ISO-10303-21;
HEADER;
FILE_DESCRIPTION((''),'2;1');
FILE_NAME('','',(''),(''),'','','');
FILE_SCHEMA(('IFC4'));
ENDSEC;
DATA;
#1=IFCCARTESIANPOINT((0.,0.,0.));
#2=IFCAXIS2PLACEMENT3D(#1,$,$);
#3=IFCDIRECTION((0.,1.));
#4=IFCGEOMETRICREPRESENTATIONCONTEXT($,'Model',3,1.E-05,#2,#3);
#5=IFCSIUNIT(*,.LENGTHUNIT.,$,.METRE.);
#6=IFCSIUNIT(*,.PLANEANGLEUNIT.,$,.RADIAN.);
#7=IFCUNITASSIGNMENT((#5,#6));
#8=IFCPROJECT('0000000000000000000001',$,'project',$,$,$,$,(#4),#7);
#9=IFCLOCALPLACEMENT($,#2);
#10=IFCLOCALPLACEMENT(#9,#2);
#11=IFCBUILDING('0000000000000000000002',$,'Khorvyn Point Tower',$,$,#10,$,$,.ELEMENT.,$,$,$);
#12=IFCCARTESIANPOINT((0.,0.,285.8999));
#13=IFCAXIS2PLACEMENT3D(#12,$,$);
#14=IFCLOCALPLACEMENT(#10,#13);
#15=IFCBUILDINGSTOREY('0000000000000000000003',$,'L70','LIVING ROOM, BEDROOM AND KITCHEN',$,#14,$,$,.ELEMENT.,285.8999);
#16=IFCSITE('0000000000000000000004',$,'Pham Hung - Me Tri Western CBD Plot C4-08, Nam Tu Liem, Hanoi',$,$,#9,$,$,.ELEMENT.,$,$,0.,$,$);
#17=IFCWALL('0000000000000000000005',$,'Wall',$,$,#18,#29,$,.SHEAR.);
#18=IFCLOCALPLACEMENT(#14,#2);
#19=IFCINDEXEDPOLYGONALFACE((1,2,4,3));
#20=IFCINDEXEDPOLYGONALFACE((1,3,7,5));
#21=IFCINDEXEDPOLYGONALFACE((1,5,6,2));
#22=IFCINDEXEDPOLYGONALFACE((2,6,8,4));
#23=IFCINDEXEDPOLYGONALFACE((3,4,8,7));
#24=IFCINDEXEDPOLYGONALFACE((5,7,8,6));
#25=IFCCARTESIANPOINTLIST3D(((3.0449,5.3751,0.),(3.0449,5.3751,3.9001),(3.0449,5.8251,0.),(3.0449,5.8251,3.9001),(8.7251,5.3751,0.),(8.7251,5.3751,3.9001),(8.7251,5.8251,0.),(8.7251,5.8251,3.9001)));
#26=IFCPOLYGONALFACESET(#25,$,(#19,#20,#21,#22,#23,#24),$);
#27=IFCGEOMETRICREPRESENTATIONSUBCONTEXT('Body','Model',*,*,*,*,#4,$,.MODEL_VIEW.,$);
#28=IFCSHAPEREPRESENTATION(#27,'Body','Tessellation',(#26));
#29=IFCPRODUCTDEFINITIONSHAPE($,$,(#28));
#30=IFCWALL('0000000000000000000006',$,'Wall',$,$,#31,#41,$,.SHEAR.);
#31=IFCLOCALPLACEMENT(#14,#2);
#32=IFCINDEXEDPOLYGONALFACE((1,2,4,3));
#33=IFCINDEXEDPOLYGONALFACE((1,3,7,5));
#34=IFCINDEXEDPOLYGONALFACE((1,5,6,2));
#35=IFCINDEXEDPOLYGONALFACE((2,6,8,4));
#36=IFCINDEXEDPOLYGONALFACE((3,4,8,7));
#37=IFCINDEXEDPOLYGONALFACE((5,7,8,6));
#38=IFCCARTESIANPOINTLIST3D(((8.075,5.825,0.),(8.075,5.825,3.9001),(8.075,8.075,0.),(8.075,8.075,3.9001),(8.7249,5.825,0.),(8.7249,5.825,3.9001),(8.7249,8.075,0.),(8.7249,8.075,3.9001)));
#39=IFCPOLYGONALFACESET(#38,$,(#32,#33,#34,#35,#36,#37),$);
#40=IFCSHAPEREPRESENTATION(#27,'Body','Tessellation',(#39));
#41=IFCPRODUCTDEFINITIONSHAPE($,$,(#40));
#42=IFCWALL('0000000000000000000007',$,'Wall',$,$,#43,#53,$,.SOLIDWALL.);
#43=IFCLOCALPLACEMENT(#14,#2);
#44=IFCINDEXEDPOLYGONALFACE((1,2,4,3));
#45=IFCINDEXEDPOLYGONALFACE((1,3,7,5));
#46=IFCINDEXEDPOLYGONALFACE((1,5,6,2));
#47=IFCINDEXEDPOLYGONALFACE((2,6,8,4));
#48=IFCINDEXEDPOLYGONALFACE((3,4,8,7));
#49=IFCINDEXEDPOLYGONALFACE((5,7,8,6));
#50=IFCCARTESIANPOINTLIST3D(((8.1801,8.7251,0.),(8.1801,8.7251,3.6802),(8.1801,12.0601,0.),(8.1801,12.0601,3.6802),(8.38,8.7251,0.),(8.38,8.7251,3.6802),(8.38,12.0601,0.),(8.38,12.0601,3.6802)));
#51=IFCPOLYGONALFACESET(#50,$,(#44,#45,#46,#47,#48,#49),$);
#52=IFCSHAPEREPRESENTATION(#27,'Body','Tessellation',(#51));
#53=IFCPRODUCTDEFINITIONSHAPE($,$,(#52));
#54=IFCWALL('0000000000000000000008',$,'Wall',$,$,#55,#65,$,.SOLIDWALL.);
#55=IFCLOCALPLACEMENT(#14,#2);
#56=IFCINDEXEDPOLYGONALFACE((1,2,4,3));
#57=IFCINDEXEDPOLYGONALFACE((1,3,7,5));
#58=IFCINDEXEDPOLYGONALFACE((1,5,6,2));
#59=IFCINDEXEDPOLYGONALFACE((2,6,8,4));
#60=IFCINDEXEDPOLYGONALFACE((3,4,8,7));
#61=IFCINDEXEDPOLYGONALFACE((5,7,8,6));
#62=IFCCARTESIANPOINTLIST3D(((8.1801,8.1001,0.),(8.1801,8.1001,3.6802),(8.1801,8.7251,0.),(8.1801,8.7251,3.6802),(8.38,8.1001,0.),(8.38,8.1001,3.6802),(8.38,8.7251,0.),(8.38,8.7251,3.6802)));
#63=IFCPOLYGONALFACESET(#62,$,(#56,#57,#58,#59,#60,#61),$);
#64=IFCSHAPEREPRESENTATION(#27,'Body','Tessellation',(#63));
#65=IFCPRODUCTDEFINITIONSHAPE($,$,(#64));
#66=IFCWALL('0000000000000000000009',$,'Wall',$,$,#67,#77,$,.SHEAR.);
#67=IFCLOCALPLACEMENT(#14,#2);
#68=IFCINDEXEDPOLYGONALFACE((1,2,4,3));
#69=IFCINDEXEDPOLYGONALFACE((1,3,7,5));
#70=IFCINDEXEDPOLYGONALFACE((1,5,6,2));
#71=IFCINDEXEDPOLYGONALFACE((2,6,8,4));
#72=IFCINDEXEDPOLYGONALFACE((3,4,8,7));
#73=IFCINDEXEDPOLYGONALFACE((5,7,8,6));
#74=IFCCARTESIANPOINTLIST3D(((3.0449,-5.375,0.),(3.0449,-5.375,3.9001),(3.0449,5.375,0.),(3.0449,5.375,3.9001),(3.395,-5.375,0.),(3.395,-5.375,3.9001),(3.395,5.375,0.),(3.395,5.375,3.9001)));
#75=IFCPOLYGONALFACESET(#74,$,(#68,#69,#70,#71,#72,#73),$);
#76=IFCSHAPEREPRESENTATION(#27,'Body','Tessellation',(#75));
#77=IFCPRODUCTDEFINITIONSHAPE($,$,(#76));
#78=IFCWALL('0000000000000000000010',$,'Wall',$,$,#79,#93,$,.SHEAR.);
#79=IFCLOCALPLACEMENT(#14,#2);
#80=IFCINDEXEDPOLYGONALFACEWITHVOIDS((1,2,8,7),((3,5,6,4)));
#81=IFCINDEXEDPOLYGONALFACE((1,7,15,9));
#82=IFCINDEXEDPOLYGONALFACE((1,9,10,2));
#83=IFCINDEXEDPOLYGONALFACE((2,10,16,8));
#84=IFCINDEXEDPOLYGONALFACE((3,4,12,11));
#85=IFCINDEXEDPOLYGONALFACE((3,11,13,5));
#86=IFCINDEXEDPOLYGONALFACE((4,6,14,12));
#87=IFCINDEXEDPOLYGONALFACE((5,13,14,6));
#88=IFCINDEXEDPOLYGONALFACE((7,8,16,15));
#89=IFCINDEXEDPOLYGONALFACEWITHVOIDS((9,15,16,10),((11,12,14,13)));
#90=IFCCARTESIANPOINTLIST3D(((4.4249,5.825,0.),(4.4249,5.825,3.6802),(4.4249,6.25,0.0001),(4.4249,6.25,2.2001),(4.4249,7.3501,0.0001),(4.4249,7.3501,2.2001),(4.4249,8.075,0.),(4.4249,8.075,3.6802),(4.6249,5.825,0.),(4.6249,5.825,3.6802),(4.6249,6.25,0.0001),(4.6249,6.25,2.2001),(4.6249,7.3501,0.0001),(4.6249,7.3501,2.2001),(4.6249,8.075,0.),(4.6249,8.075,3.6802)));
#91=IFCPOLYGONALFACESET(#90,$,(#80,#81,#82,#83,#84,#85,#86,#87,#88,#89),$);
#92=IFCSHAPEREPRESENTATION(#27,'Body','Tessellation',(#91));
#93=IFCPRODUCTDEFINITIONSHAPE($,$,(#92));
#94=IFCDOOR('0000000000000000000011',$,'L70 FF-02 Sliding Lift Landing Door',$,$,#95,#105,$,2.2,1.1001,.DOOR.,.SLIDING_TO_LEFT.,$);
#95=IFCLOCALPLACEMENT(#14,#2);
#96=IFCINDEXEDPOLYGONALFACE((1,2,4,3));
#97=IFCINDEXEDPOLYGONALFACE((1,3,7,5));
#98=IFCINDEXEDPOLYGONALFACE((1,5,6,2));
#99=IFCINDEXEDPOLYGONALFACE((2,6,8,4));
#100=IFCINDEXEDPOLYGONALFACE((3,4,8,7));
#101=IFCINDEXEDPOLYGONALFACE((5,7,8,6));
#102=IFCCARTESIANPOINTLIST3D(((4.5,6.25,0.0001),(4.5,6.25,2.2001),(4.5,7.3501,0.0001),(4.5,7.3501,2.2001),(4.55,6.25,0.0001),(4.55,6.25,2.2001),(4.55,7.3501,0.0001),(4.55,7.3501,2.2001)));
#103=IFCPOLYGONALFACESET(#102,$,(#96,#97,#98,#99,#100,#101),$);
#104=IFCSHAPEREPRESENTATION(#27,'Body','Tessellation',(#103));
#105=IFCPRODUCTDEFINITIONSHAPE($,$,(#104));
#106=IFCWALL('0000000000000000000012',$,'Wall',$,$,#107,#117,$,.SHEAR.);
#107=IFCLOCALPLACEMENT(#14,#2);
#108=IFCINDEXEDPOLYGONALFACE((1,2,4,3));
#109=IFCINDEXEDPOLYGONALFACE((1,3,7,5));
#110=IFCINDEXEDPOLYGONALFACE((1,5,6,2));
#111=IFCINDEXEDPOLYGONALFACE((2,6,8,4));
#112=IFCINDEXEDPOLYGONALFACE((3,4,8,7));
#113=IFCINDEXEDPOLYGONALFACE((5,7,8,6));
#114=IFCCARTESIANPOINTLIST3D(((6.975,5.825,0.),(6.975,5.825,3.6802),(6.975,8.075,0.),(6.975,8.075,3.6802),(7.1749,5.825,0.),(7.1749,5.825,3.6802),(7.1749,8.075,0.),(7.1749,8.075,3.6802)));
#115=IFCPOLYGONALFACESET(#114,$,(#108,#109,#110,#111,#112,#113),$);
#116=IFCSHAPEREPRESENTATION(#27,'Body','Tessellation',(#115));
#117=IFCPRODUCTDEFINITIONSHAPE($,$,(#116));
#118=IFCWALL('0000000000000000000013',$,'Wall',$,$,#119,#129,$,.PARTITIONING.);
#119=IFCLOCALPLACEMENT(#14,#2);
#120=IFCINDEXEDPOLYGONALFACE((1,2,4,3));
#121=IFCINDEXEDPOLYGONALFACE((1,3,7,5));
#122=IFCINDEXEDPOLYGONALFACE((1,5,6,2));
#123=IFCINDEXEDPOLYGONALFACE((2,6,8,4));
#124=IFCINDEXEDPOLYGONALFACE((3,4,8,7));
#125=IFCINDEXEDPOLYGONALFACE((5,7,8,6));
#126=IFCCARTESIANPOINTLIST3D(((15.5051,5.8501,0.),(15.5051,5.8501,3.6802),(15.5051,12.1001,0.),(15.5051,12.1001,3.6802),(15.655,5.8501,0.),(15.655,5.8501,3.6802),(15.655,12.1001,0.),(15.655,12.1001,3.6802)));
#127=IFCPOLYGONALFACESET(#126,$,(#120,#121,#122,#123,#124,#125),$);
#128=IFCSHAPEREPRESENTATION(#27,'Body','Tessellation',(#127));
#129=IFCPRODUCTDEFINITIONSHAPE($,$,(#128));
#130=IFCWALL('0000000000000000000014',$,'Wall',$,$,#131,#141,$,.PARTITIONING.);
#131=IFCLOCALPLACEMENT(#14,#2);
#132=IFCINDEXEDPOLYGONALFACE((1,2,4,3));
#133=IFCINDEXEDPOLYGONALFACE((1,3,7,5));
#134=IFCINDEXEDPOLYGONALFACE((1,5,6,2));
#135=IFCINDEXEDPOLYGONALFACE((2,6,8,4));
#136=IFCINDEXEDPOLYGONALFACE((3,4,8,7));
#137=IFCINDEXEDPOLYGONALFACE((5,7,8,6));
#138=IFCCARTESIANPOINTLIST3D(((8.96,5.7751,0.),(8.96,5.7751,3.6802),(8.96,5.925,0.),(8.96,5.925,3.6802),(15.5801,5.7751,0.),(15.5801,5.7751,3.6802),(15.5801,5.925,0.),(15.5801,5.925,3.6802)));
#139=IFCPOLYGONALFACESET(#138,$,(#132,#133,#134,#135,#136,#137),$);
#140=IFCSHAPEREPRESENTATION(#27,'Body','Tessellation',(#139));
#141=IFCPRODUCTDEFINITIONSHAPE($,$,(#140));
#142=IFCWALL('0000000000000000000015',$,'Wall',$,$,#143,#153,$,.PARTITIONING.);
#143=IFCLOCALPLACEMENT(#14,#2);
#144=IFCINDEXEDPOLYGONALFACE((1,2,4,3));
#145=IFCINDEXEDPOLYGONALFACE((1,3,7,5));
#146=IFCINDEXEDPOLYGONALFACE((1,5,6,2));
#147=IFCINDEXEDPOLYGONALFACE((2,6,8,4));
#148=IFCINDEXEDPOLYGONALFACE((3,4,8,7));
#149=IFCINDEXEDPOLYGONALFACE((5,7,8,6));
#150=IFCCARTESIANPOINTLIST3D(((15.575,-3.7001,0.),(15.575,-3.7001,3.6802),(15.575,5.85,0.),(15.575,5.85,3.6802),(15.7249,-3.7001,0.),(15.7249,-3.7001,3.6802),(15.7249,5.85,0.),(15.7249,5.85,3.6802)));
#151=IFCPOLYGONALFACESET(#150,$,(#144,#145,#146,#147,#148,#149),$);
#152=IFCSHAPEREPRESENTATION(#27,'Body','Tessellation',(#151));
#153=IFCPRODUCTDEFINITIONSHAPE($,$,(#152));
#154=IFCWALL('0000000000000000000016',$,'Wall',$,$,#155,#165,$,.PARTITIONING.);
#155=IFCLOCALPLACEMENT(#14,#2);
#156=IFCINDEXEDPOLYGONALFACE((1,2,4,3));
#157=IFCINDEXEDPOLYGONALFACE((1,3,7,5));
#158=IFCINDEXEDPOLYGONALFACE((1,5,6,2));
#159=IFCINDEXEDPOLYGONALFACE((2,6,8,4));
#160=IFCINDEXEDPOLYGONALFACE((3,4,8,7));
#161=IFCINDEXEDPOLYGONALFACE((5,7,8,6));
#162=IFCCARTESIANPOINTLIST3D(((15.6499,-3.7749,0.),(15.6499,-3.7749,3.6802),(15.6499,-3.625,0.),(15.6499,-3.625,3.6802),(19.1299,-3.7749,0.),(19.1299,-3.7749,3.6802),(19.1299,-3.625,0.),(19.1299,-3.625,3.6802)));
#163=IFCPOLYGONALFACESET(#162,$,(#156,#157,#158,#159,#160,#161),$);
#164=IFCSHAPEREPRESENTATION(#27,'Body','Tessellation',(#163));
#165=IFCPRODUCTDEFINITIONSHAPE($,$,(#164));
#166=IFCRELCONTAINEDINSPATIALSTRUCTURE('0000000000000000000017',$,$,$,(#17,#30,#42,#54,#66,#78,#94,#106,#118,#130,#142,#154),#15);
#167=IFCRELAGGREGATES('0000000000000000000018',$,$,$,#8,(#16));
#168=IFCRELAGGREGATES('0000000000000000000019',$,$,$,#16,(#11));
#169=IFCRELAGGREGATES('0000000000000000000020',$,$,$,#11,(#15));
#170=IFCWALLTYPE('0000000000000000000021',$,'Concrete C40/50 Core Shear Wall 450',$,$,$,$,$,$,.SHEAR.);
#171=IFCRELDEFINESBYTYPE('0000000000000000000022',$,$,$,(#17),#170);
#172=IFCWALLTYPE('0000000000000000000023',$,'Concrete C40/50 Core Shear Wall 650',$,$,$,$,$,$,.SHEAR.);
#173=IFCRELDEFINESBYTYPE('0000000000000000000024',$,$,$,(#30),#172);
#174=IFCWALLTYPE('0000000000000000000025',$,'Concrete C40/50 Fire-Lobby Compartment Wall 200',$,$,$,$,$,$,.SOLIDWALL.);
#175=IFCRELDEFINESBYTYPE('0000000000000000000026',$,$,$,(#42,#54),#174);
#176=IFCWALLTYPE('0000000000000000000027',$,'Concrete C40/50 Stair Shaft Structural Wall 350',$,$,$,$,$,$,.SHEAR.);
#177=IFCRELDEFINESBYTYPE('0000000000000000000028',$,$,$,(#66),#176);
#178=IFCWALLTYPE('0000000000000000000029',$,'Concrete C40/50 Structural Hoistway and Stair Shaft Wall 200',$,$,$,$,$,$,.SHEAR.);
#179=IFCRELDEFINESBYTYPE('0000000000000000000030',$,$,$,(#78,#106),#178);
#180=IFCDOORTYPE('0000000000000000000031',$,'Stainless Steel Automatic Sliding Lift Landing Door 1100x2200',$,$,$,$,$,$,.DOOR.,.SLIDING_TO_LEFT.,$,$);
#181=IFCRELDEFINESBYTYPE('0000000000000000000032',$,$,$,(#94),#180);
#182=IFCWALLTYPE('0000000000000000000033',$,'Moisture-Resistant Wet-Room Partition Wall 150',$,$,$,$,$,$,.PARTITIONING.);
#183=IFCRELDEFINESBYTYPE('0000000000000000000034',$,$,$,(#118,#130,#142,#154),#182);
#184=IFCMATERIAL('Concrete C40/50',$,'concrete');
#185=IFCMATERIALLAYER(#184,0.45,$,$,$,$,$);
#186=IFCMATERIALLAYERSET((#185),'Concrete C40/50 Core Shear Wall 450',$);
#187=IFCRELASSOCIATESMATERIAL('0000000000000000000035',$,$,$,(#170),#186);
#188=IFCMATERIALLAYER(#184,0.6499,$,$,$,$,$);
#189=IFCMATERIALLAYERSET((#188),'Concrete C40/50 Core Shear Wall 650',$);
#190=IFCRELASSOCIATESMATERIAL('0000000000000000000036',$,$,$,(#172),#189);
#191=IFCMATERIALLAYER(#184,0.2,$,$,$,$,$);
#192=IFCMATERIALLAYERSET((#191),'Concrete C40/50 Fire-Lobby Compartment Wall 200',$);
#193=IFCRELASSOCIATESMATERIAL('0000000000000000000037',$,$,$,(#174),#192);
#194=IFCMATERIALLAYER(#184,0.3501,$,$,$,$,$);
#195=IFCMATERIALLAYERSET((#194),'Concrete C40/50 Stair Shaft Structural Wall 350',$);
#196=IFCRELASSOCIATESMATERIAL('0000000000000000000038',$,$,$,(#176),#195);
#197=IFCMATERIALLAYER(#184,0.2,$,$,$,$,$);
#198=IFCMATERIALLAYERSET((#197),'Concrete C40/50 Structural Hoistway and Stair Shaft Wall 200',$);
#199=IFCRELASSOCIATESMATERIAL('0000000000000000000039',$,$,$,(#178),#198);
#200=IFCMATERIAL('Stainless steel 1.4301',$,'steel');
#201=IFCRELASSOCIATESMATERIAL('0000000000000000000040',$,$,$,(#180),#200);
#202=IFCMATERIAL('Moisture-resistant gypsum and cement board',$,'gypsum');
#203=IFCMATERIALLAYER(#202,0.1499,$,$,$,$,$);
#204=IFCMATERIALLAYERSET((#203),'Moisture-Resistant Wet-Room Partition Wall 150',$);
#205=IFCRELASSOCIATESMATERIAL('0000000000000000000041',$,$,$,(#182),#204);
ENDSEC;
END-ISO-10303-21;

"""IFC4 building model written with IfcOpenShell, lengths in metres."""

from ifc_helpers import new_model, si_unit, direction, frame, frame_2d, origin, place, context, subcontext, project, spatial, rectangle, extrude, material, layer, layer_set, type_object, element, fill, save


model = new_model("IFC4")

# Units and contexts
model_context = context("Model", 3, precision=1e-05, world=origin(), true_north=direction((0.0, 1.0)))
body_context = subcontext(model_context, "Body", "Model", "MODEL_VIEW")
ifc_project = project(units=[si_unit("LENGTHUNIT", "METRE"), si_unit("PLANEANGLEUNIT", "RADIAN")], contexts=[model_context])

# Site, building, storey
site_placement = place(None, origin())
site = spatial("IfcSite", under=ifc_project, at=site_placement, Name="Pham Hung - Me Tri Western CBD Plot C4-08, Nam Tu Liem, Hanoi", CompositionType="ELEMENT", RefElevation=0.0)
building_placement = place(site_placement, origin())
building = spatial("IfcBuilding", under=site, at=building_placement, Name="Khorvyn Point Tower", CompositionType="ELEMENT")
storey_placement = place(building_placement, frame((0.0, 0.0, 285.8999)))
storey = spatial("IfcBuildingStorey", under=building, at=storey_placement, Name="L70", Description="LIVING ROOM, BEDROOM AND KITCHEN", CompositionType="ELEMENT", Elevation=285.8999)

# Shared definitions
ifc_material_1 = material(Name="Concrete C40/50", Category="concrete")

# Walls
ifc_layer_1 = layer(ifc_material_1, 0.45)
ifc_layer_set_1 = layer_set([ifc_layer_1], Name="Concrete C40/50 Core Shear Wall 450")
wall_type_1 = type_object("IfcWallType", Name="Concrete C40/50 Core Shear Wall 450", PredefinedType="SHEAR", material=ifc_layer_set_1)
wall_1_placement = place(storey_placement, frame((3.0449, 5.6001, 0.0), z_axis=(0.0, 0.0, 1.0), x_axis=(1.0, 0.0, 0.0)))
element("IfcWall", 1, at=wall_1_placement, inside=storey, type_object=wall_type_1, Name="Wall", PredefinedType="SHEAR", context=body_context, shape_type="SweptSolid", body=[
    extrude(rectangle(XDim=5.6802, YDim=0.45, at=frame_2d((2.8401, 0.0))), origin(), (0.0, 0.0, 1.0), 3.9001),
])
ifc_layer_2 = layer(ifc_material_1, 0.6499)
ifc_layer_set_2 = layer_set([ifc_layer_2], Name="Concrete C40/50 Core Shear Wall 650")
wall_type_2 = type_object("IfcWallType", Name="Concrete C40/50 Core Shear Wall 650", PredefinedType="SHEAR", material=ifc_layer_set_2)
wall_2_placement = place(storey_placement, frame((8.3999, 5.825, 0.0), z_axis=(0.0, 0.0, 1.0), x_axis=(0.0, 1.0, 0.0)))
element("IfcWall", 2, at=wall_2_placement, inside=storey, type_object=wall_type_2, Name="Wall", PredefinedType="SHEAR", context=body_context, shape_type="SweptSolid", body=[
    extrude(rectangle(XDim=2.25, YDim=0.6499, at=frame_2d((1.125, 0.0))), origin(), (0.0, 0.0, 1.0), 3.9001),
])
ifc_layer_3 = layer(ifc_material_1, 0.2)
ifc_layer_set_3 = layer_set([ifc_layer_3], Name="Concrete C40/50 Fire-Lobby Compartment Wall 200")
wall_type_3 = type_object("IfcWallType", Name="Concrete C40/50 Fire-Lobby Compartment Wall 200", PredefinedType="SOLIDWALL", material=ifc_layer_set_3)
wall_3_placement = place(storey_placement, frame((8.28, 8.7251, 0.0), z_axis=(0.0, 0.0, 1.0), x_axis=(0.0, 1.0, 0.0)))
element("IfcWall", 3, at=wall_3_placement, inside=storey, type_object=wall_type_3, Name="Wall", PredefinedType="SOLIDWALL", context=body_context, shape_type="SweptSolid", body=[
    extrude(rectangle(XDim=3.335, YDim=0.2, at=frame_2d((1.6675, 0.0))), origin(), (0.0, 0.0, 1.0), 3.6802),
])
wall_4_placement = place(storey_placement, frame((8.28, 8.1001, 0.0), z_axis=(0.0, 0.0, 1.0), x_axis=(0.0, 1.0, 0.0)))
element("IfcWall", 4, at=wall_4_placement, inside=storey, type_object=wall_type_3, Name="Wall", PredefinedType="SOLIDWALL", context=body_context, shape_type="SweptSolid", body=[
    extrude(rectangle(XDim=0.625, YDim=0.2, at=frame_2d((0.3125, 0.0))), origin(), (0.0, 0.0, 1.0), 3.6802),
])
ifc_layer_4 = layer(ifc_material_1, 0.3501)
ifc_layer_set_4 = layer_set([ifc_layer_4], Name="Concrete C40/50 Stair Shaft Structural Wall 350")
wall_type_4 = type_object("IfcWallType", Name="Concrete C40/50 Stair Shaft Structural Wall 350", PredefinedType="SHEAR", material=ifc_layer_set_4)
wall_5_placement = place(storey_placement, frame((3.22, -5.375, 0.0), z_axis=(0.0, 0.0, 1.0), x_axis=(0.0, 1.0, 0.0)))
element("IfcWall", 5, at=wall_5_placement, inside=storey, type_object=wall_type_4, Name="Wall", PredefinedType="SHEAR", context=body_context, shape_type="SweptSolid", body=[
    extrude(rectangle(XDim=10.75, YDim=0.3501, at=frame_2d((5.375, 0.0))), origin(), (0.0, 0.0, 1.0), 3.9001),
])

# Wall, opening, door
ifc_layer_5 = layer(ifc_material_1, 0.2)
ifc_layer_set_5 = layer_set([ifc_layer_5], Name="Concrete C40/50 Structural Hoistway and Stair Shaft Wall 200")
wall_type_5 = type_object("IfcWallType", Name="Concrete C40/50 Structural Hoistway and Stair Shaft Wall 200", PredefinedType="SHEAR", material=ifc_layer_set_5)
wall_6_placement = place(storey_placement, frame((4.5249, 5.825, 0.0), z_axis=(0.0, 0.0, 1.0), x_axis=(0.0, 1.0, 0.0)))
wall_6 = element("IfcWall", 6, at=wall_6_placement, inside=storey, type_object=wall_type_5, Name="Wall", PredefinedType="SHEAR", context=body_context, shape_type="SweptSolid", body=[
    extrude(rectangle(XDim=2.25, YDim=0.2, at=frame_2d((1.125, 0.0))), origin(), (0.0, 0.0, 1.0), 3.6802),
])
opening_placement = place(wall_6_placement, frame((0.425, 0.0, 0.0)))
opening = element("IfcOpeningElement", 7, at=opening_placement, cuts=wall_6, PredefinedType="OPENING", context=body_context, shape_type="SweptSolid", body=[
    extrude(rectangle(XDim=1.1001, YDim=2.2, at=frame_2d((0.55, 1.1001))), frame((0.0, 0.1099, 0.0), z_axis=(0.0, -1.0, 0.0), x_axis=(1.0, 0.0, 0.0)), (0.0, 0.0, 1.0), 0.22),
])
ifc_material_2 = material(Name="Stainless steel 1.4301", Category="steel")
door_type = type_object("IfcDoorType", Name="Stainless Steel Automatic Sliding Lift Landing Door 1100x2200", OperationType="SLIDING_TO_LEFT", PredefinedType="DOOR", material=ifc_material_2)
door_placement = place(opening_placement, origin())
door = element("IfcDoor", 8, at=door_placement, inside=storey, type_object=door_type, Name="L70 FF-02 Sliding Lift Landing Door", OperationType="SLIDING_TO_LEFT", OverallHeight=2.2, OverallWidth=1.1001, PredefinedType="DOOR", context=body_context, shape_type="SweptSolid", body=[
    extrude(rectangle(XDim=1.1001, YDim=2.2, at=frame_2d((0.55, 1.1001))), frame((0.0, 0.0249, 0.0), z_axis=(0.0, -1.0, 0.0), x_axis=(1.0, 0.0, 0.0)), (0.0, 0.0, 1.0), 0.05),
])
fill(opening, door)

# Walls
wall_7_placement = place(storey_placement, frame((7.075, 5.825, 0.0), z_axis=(0.0, 0.0, 1.0), x_axis=(0.0, 1.0, 0.0)))
element("IfcWall", 9, at=wall_7_placement, inside=storey, type_object=wall_type_5, Name="Wall", PredefinedType="SHEAR", context=body_context, shape_type="SweptSolid", body=[
    extrude(rectangle(XDim=2.25, YDim=0.2, at=frame_2d((1.125, 0.0))), origin(), (0.0, 0.0, 1.0), 3.6802),
])
ifc_material_3 = material(Name="Moisture-resistant gypsum and cement board", Category="gypsum")
ifc_layer_6 = layer(ifc_material_3, 0.1499)
ifc_layer_set_6 = layer_set([ifc_layer_6], Name="Moisture-Resistant Wet-Room Partition Wall 150")
wall_type_6 = type_object("IfcWallType", Name="Moisture-Resistant Wet-Room Partition Wall 150", PredefinedType="PARTITIONING", material=ifc_layer_set_6)
wall_8_placement = place(storey_placement, frame((15.5801, 5.8501, 0.0), z_axis=(0.0, 0.0, 1.0), x_axis=(0.0, 1.0, 0.0)))
element("IfcWall", 10, at=wall_8_placement, inside=storey, type_object=wall_type_6, Name="Wall", PredefinedType="PARTITIONING", context=body_context, shape_type="SweptSolid", body=[
    extrude(rectangle(XDim=6.25, YDim=0.1499, at=frame_2d((3.125, 0.0))), origin(), (0.0, 0.0, 1.0), 3.6802),
])
wall_9_placement = place(storey_placement, frame((8.96, 5.8501, 0.0), z_axis=(0.0, 0.0, 1.0), x_axis=(1.0, 0.0, 0.0)))
element("IfcWall", 11, at=wall_9_placement, inside=storey, type_object=wall_type_6, Name="Wall", PredefinedType="PARTITIONING", context=body_context, shape_type="SweptSolid", body=[
    extrude(rectangle(XDim=6.6201, YDim=0.1499, at=frame_2d((3.3101, 0.0))), origin(), (0.0, 0.0, 1.0), 3.6802),
])
wall_10_placement = place(storey_placement, frame((15.6499, -3.7, 0.0), z_axis=(0.0, 0.0, 1.0), x_axis=(0.0, 1.0, 0.0)))
element("IfcWall", 12, at=wall_10_placement, inside=storey, type_object=wall_type_6, Name="Wall", PredefinedType="PARTITIONING", context=body_context, shape_type="SweptSolid", body=[
    extrude(rectangle(XDim=9.55, YDim=0.1499, at=frame_2d((4.7749, 0.0))), origin(), (0.0, 0.0, 1.0), 3.6802),
])
wall_11_placement = place(storey_placement, frame((15.6499, -3.7, 0.0), z_axis=(0.0, 0.0, 1.0), x_axis=(1.0, 0.0, 0.0)))
element("IfcWall", 13, at=wall_11_placement, inside=storey, type_object=wall_type_6, Name="Wall", PredefinedType="PARTITIONING", context=body_context, shape_type="SweptSolid", body=[
    extrude(rectangle(XDim=3.48, YDim=0.1499, at=frame_2d((1.74, 0.0))), origin(), (0.0, 0.0, 1.0), 3.6802),
])

save(model, "model.ifc")
